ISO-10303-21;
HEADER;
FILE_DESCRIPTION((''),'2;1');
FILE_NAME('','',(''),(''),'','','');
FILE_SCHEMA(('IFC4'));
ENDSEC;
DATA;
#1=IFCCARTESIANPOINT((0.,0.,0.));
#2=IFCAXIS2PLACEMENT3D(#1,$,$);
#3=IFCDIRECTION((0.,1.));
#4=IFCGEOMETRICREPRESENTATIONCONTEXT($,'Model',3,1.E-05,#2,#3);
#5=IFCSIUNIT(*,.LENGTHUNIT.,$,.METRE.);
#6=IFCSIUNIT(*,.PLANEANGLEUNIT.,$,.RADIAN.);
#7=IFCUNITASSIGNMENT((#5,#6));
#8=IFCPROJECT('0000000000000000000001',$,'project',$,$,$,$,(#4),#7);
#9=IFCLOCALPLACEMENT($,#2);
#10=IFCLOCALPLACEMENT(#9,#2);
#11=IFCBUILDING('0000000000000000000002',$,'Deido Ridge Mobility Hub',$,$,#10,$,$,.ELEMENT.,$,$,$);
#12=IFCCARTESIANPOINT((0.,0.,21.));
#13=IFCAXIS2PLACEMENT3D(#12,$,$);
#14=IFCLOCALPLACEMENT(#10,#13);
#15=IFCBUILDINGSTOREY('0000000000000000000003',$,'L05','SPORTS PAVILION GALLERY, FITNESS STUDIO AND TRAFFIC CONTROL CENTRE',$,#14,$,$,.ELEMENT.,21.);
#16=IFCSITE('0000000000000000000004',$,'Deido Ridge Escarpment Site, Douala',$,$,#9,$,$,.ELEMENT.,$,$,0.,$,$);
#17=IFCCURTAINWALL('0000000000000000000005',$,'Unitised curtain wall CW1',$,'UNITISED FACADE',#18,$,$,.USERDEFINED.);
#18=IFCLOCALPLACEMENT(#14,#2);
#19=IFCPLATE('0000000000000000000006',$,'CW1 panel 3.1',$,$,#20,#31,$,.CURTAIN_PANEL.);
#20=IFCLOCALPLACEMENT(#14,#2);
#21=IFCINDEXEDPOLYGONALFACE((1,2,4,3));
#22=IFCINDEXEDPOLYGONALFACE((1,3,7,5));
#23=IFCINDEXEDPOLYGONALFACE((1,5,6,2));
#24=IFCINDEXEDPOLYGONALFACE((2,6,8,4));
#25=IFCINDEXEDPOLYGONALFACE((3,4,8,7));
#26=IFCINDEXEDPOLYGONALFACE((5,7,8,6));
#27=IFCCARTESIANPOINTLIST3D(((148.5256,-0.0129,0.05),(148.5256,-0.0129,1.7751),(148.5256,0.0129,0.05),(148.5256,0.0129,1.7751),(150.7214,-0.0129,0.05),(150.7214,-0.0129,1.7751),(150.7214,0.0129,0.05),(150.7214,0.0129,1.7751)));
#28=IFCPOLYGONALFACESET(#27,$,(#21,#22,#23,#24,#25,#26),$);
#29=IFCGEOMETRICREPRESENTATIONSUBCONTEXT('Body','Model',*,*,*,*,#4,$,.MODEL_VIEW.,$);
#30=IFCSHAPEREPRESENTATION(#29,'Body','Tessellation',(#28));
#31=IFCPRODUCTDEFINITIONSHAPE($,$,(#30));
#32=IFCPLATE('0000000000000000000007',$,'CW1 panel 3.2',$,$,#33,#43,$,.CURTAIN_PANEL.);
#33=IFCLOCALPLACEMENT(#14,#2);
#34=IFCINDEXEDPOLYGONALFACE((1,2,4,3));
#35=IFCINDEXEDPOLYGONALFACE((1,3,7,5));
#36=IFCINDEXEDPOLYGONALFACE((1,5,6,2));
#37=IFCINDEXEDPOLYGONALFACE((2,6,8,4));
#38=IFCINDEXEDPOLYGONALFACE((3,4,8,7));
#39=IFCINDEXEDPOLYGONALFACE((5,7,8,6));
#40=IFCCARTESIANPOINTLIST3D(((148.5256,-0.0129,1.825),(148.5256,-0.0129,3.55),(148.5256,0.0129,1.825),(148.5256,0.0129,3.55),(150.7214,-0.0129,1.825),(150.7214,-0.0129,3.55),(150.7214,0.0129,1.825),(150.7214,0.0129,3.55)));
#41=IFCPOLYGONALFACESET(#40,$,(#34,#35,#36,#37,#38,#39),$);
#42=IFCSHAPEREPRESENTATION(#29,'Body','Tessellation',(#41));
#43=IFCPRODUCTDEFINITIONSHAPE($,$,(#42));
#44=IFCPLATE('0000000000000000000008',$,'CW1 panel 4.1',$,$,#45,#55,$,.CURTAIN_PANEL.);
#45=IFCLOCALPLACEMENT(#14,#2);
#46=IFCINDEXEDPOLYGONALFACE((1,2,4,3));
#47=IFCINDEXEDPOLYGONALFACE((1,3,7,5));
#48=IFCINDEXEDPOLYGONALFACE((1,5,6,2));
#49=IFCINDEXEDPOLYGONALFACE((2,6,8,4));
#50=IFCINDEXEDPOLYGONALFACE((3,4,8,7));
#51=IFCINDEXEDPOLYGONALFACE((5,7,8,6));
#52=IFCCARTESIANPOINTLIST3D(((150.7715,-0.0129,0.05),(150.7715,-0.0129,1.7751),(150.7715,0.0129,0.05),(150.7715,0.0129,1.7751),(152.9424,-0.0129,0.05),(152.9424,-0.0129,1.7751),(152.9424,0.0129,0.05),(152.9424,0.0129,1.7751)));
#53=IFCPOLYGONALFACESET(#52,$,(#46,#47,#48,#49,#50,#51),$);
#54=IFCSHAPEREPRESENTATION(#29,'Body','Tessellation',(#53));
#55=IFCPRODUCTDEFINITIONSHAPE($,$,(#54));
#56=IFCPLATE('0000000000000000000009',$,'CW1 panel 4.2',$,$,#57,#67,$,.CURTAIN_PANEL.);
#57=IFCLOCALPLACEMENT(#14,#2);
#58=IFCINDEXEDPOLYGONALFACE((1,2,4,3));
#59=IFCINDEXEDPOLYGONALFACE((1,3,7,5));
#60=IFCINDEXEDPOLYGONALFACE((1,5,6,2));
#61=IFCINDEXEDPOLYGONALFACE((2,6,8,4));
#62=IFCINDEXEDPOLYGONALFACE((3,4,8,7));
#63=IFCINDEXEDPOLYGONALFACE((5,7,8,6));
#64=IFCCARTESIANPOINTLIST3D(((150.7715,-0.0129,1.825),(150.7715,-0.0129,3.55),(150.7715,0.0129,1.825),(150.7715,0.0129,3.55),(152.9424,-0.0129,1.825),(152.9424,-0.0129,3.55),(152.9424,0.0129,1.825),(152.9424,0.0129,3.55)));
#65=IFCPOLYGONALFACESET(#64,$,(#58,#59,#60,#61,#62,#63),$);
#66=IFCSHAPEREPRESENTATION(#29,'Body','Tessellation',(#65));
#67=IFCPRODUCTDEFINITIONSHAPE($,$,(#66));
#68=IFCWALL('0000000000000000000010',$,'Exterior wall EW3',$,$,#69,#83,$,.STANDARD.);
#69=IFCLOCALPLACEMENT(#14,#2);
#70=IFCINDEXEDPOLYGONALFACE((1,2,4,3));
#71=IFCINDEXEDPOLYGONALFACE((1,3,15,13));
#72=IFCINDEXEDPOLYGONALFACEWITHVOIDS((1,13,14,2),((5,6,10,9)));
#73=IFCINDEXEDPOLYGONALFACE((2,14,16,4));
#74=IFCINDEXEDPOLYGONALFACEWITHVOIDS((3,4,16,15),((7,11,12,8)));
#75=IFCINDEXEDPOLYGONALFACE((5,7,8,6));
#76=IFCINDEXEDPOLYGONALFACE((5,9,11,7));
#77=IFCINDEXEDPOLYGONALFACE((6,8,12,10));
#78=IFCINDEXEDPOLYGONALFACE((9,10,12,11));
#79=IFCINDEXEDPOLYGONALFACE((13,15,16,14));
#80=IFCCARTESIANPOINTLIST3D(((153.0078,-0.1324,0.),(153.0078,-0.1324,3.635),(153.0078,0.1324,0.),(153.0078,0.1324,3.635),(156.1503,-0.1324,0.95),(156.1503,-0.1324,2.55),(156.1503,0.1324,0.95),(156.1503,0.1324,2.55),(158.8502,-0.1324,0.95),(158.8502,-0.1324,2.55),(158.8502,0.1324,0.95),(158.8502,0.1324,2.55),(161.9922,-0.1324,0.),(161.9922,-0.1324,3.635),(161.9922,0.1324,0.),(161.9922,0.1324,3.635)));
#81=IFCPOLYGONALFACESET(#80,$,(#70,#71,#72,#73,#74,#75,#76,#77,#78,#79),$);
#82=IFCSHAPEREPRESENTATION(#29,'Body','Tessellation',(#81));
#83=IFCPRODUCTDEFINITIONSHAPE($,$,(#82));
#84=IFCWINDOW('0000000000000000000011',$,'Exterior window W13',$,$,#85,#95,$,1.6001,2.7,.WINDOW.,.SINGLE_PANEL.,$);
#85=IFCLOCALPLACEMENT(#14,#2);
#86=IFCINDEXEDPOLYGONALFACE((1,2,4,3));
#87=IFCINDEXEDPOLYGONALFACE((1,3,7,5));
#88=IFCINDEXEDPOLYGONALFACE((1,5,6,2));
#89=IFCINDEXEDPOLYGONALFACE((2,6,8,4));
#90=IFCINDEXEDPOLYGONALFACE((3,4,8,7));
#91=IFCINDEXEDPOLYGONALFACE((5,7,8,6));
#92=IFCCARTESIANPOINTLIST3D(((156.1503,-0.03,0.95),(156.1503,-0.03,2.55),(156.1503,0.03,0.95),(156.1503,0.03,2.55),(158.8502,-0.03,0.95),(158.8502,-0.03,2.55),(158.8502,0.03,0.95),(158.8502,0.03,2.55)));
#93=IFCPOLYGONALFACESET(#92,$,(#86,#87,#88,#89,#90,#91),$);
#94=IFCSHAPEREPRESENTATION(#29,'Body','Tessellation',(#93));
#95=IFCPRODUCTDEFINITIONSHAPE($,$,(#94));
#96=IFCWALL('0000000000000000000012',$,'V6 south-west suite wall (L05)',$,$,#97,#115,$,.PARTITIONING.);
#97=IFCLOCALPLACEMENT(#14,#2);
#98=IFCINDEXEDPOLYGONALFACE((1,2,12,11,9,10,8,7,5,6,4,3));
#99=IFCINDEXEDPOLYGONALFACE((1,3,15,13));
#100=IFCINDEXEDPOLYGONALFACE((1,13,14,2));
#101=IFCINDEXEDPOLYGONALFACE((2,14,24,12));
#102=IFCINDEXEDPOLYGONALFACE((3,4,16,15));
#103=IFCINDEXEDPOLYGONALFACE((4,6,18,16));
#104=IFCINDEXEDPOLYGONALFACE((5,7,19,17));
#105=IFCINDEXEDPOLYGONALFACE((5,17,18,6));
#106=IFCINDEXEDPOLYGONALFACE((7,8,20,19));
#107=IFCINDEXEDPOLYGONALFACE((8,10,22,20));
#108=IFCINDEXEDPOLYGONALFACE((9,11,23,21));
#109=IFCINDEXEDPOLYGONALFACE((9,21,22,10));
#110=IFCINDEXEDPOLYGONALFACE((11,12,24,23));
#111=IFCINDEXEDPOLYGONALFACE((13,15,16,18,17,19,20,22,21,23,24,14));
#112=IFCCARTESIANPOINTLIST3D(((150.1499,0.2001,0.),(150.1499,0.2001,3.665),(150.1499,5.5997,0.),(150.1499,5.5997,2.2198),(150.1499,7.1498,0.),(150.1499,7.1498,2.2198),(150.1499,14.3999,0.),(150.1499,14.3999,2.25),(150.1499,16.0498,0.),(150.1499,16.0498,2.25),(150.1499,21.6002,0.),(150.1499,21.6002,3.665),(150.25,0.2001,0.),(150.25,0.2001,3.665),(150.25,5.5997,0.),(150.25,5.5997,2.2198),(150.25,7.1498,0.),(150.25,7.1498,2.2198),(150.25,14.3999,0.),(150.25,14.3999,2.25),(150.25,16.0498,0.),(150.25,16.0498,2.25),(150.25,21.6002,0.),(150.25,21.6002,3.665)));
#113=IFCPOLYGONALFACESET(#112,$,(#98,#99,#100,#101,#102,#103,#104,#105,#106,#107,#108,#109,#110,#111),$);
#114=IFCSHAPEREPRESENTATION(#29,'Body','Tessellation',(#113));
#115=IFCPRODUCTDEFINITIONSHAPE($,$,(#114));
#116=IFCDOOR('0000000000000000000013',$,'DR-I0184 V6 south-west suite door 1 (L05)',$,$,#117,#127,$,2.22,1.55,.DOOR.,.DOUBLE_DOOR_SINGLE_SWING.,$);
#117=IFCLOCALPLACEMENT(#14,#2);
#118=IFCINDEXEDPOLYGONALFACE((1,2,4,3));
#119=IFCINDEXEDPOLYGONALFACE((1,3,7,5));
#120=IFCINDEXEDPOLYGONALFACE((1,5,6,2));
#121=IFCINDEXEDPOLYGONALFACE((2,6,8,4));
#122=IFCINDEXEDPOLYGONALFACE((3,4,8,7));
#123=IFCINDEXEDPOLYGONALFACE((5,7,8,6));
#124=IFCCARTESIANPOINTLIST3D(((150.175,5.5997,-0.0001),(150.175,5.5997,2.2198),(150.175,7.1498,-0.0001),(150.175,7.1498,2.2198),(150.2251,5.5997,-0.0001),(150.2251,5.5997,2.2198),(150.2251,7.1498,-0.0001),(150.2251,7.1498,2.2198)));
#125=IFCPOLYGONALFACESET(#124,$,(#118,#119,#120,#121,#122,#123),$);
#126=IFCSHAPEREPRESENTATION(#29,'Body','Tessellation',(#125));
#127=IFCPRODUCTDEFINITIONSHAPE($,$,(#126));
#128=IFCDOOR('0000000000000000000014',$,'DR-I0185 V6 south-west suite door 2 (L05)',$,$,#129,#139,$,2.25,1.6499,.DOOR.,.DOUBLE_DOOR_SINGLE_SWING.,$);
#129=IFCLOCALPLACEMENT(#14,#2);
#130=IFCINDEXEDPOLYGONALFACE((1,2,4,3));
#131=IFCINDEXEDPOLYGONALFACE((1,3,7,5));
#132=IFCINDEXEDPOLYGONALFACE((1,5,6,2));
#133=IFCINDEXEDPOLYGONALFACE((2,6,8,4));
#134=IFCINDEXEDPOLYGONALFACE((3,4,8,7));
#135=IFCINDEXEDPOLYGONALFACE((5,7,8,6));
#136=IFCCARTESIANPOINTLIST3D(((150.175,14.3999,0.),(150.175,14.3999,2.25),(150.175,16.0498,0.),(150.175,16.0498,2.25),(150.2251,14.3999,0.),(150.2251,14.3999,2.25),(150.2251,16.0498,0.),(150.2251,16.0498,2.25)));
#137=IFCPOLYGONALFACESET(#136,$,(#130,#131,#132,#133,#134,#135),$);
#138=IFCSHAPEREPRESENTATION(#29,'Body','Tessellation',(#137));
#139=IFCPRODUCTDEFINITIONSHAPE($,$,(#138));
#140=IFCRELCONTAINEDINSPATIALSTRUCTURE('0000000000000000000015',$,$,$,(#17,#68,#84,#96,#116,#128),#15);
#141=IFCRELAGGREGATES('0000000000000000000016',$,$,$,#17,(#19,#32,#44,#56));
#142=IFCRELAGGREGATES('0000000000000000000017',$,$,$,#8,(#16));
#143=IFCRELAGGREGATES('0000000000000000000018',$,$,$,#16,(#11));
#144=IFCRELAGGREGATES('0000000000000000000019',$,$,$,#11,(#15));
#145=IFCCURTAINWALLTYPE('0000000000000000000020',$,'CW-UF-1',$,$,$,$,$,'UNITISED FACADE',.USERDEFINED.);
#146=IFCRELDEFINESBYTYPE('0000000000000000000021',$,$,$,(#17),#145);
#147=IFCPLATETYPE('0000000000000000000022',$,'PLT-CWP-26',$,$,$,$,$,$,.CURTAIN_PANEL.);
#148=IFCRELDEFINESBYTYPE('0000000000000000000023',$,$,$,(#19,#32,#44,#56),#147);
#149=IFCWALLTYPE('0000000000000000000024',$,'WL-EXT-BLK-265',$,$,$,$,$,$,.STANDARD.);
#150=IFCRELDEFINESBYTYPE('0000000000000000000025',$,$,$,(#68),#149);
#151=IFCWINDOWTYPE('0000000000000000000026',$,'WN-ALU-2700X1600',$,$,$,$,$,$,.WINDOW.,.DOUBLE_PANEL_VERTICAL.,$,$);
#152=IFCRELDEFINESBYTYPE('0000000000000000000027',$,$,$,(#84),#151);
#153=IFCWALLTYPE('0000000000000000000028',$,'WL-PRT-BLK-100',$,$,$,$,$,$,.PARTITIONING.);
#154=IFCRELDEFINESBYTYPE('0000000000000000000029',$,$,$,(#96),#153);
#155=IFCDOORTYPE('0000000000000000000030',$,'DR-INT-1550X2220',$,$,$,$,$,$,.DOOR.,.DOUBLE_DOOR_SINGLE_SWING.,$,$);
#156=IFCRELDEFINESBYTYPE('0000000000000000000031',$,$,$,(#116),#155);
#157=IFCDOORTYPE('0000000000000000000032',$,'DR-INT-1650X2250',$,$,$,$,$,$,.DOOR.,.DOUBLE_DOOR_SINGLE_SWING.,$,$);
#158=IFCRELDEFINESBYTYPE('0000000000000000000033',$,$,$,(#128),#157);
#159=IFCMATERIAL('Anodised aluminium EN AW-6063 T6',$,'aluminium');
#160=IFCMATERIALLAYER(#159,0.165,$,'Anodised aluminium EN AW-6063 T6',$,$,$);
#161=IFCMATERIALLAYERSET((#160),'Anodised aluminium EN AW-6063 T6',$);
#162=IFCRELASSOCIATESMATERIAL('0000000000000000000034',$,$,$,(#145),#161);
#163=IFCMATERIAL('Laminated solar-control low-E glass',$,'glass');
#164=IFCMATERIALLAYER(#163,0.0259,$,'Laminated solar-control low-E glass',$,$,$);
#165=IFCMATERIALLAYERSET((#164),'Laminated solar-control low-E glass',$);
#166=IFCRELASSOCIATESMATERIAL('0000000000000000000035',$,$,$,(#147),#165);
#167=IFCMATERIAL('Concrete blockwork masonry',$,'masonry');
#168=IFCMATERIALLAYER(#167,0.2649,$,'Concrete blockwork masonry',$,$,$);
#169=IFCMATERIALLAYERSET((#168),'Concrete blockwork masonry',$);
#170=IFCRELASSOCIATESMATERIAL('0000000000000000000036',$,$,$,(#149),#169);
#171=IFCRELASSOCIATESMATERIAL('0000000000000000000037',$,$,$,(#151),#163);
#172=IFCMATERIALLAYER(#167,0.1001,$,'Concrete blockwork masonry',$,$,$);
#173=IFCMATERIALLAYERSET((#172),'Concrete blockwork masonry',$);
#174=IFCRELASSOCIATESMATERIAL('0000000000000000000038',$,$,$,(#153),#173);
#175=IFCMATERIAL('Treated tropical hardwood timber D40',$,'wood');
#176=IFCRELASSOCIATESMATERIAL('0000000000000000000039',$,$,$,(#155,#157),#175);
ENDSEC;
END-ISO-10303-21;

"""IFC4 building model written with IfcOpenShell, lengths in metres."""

from ifc_helpers import new_model, si_unit, direction, frame, frame_2d, origin, origin_2d, place, context, subcontext, project, spatial, rectangle, extrude, material, layer, layer_set, type_object, element, fill, aggregate, save


model = new_model("IFC4")

# Units and contexts
model_context = context("Model", 3, precision=1e-05, world=origin(), true_north=direction((0.0, 1.0)))
body_context = subcontext(model_context, "Body", "Model", "MODEL_VIEW")
ifc_project = project(units=[si_unit("LENGTHUNIT", "METRE"), si_unit("PLANEANGLEUNIT", "RADIAN")], contexts=[model_context])

# Site, building, storey
site_placement = place(None, origin())
site = spatial("IfcSite", under=ifc_project, at=site_placement, Name="Deido Ridge Escarpment Site, Douala", CompositionType="ELEMENT", RefElevation=0.0)
building_placement = place(site_placement, origin())
building = spatial("IfcBuilding", under=site, at=building_placement, Name="Deido Ridge Mobility Hub", CompositionType="ELEMENT")
storey_placement = place(building_placement, frame((0.0, 0.0, 21.0)))
storey = spatial("IfcBuildingStorey", under=building, at=storey_placement, Name="L05", Description="SPORTS PAVILION GALLERY, FITNESS STUDIO AND TRAFFIC CONTROL CENTRE", CompositionType="ELEMENT", Elevation=21.0)

# Curtain wall
ifc_material_1 = material(Name="Anodised aluminium EN AW-6063 T6", Category="aluminium")
ifc_layer_1 = layer(ifc_material_1, 0.165, Name="Anodised aluminium EN AW-6063 T6")
ifc_layer_set_1 = layer_set([ifc_layer_1], Name="Anodised aluminium EN AW-6063 T6")
curtain_wall_type = type_object("IfcCurtainWallType", Name="CW-UF-1", ElementType="UNITISED FACADE", PredefinedType="USERDEFINED", material=ifc_layer_set_1)
curtain_wall_placement = place(storey_placement, origin())
curtain_wall = element("IfcCurtainWall", 1, at=curtain_wall_placement, inside=storey, type_object=curtain_wall_type, Name="Unitised curtain wall CW1", ObjectType="UNITISED FACADE", PredefinedType="USERDEFINED")

# Plates
ifc_material_2 = material(Name="Laminated solar-control low-E glass", Category="glass")
ifc_layer_2 = layer(ifc_material_2, 0.0259, Name="Laminated solar-control low-E glass")
ifc_layer_set_2 = layer_set([ifc_layer_2], Name="Laminated solar-control low-E glass")
plate_type = type_object("IfcPlateType", Name="PLT-CWP-26", PredefinedType="CURTAIN_PANEL", material=ifc_layer_set_2)
plate_1_placement = place(storey_placement, frame((149.6235, 0.0, 0.05), z_axis=(0.0, 0.0, 1.0), x_axis=(1.0, 0.0, 0.0)))
plate_1 = element("IfcPlate", 2, at=plate_1_placement, type_object=plate_type, Name="CW1 panel 3.1", PredefinedType="CURTAIN_PANEL", context=body_context, shape_type="SweptSolid", body=[
    extrude(rectangle(XDim=2.1958, YDim=0.0259, at=origin_2d()), origin(), (0.0, 0.0, 1.0), 1.7251),
])
plate_2_placement = place(storey_placement, frame((149.6235, 0.0, 1.825), z_axis=(0.0, 0.0, 1.0), x_axis=(1.0, 0.0, 0.0)))
plate_2 = element("IfcPlate", 3, at=plate_2_placement, type_object=plate_type, Name="CW1 panel 3.2", PredefinedType="CURTAIN_PANEL", context=body_context, shape_type="SweptSolid", body=[
    extrude(rectangle(XDim=2.1958, YDim=0.0259, at=origin_2d()), origin(), (0.0, 0.0, 1.0), 1.7251),
])
plate_3_placement = place(storey_placement, frame((151.8569, 0.0, 0.05), z_axis=(0.0, 0.0, 1.0), x_axis=(1.0, 0.0, 0.0)))
plate_3 = element("IfcPlate", 4, at=plate_3_placement, type_object=plate_type, Name="CW1 panel 4.1", PredefinedType="CURTAIN_PANEL", context=body_context, shape_type="SweptSolid", body=[
    extrude(rectangle(XDim=2.1709, YDim=0.0259, at=origin_2d()), origin(), (0.0, 0.0, 1.0), 1.7251),
])
plate_4_placement = place(storey_placement, frame((151.8569, 0.0, 1.825), z_axis=(0.0, 0.0, 1.0), x_axis=(1.0, 0.0, 0.0)))
plate_4 = element("IfcPlate", 5, at=plate_4_placement, type_object=plate_type, Name="CW1 panel 4.2", PredefinedType="CURTAIN_PANEL", context=body_context, shape_type="SweptSolid", body=[
    extrude(rectangle(XDim=2.1709, YDim=0.0259, at=origin_2d()), origin(), (0.0, 0.0, 1.0), 1.7251),
])
aggregate(curtain_wall, [plate_1, plate_2, plate_3, plate_4])

# Wall, opening, window
ifc_material_3 = material(Name="Concrete blockwork masonry", Category="masonry")
ifc_layer_3 = layer(ifc_material_3, 0.2649, Name="Concrete blockwork masonry")
ifc_layer_set_3 = layer_set([ifc_layer_3], Name="Concrete blockwork masonry")
wall_type_1 = type_object("IfcWallType", Name="WL-EXT-BLK-265", PredefinedType="STANDARD", material=ifc_layer_set_3)
wall_1_placement = place(storey_placement, frame((153.0078, 0.0, 0.0), z_axis=(0.0, 0.0, 1.0), x_axis=(1.0, 0.0, 0.0)))
wall_1 = element("IfcWall", 6, at=wall_1_placement, inside=storey, type_object=wall_type_1, Name="Exterior wall EW3", PredefinedType="STANDARD", context=body_context, shape_type="SweptSolid", body=[
    extrude(rectangle(XDim=8.9844, YDim=0.2649, at=frame_2d((4.4922, 0.0))), origin(), (0.0, 0.0, 1.0), 3.635),
])
opening_1_placement = place(wall_1_placement, frame((3.1423, 0.0, 0.95)))
opening_1 = element("IfcOpeningElement", 7, at=opening_1_placement, cuts=wall_1, PredefinedType="OPENING", context=body_context, shape_type="SweptSolid", body=[
    extrude(rectangle(XDim=2.7, YDim=1.6001, at=frame_2d((1.3501, 0.8))), frame((0.0, 0.1426, 0.0), z_axis=(0.0, -1.0, 0.0), x_axis=(1.0, 0.0, 0.0)), (0.0, 0.0, 1.0), 0.2849),
])
window_type = type_object("IfcWindowType", Name="WN-ALU-2700X1600", PartitioningType="DOUBLE_PANEL_VERTICAL", PredefinedType="WINDOW", material=ifc_material_2)
window_placement = place(opening_1_placement, origin())
window = element("IfcWindow", 8, at=window_placement, inside=storey, type_object=window_type, Name="Exterior window W13", OverallHeight=1.6001, OverallWidth=2.7, PartitioningType="SINGLE_PANEL", PredefinedType="WINDOW", context=body_context, shape_type="SweptSolid", body=[
    extrude(rectangle(XDim=2.7, YDim=1.6001, at=frame_2d((1.3501, 0.8))), frame((0.0, 0.03, 0.0), z_axis=(0.0, -1.0, 0.0), x_axis=(1.0, 0.0, 0.0)), (0.0, 0.0, 1.0), 0.0601),
])
fill(opening_1, window)

# Wall, openings, doors
ifc_layer_4 = layer(ifc_material_3, 0.1001, Name="Concrete blockwork masonry")
ifc_layer_set_4 = layer_set([ifc_layer_4], Name="Concrete blockwork masonry")
wall_type_2 = type_object("IfcWallType", Name="WL-PRT-BLK-100", PredefinedType="PARTITIONING", material=ifc_layer_set_4)
wall_2_placement = place(storey_placement, frame((150.2, 0.2, 0.0), z_axis=(0.0, 0.0, 1.0), x_axis=(0.0, 1.0, 0.0)))
wall_2 = element("IfcWall", 9, at=wall_2_placement, inside=storey, type_object=wall_type_2, Name="V6 south-west suite wall (L05)", PredefinedType="PARTITIONING", context=body_context, shape_type="SweptSolid", body=[
    extrude(rectangle(XDim=21.4001, YDim=0.1001, at=frame_2d((10.7002, 0.0))), origin(), (0.0, 0.0, 1.0), 3.665),
])
opening_2_placement = place(wall_2_placement, frame((5.3999, 0.0, 0.0)))
opening_2 = element("IfcOpeningElement", 10, at=opening_2_placement, cuts=wall_2, PredefinedType="OPENING", context=body_context, shape_type="SweptSolid", body=[
    extrude(rectangle(XDim=1.55, YDim=2.22, at=frame_2d((0.7749, 1.1099))), frame((0.0, 0.0601, 0.0), z_axis=(0.0, -1.0, 0.0), x_axis=(1.0, 0.0, 0.0)), (0.0, 0.0, 1.0), 0.1201),
])
opening_3_placement = place(wall_2_placement, frame((14.2, 0.0, 0.0)))
opening_3 = element("IfcOpeningElement", 11, at=opening_3_placement, cuts=wall_2, PredefinedType="OPENING", context=body_context, shape_type="SweptSolid", body=[
    extrude(rectangle(XDim=1.6499, YDim=2.25, at=frame_2d((0.825, 1.125))), frame((0.0, 0.0601, 0.0), z_axis=(0.0, -1.0, 0.0), x_axis=(1.0, 0.0, 0.0)), (0.0, 0.0, 1.0), 0.1201),
])
ifc_material_4 = material(Name="Treated tropical hardwood timber D40", Category="wood")
door_type_1 = type_object("IfcDoorType", Name="DR-INT-1550X2220", OperationType="DOUBLE_DOOR_SINGLE_SWING", PredefinedType="DOOR", material=ifc_material_4)
door_1_placement = place(opening_2_placement, origin())
door_1 = element("IfcDoor", 12, at=door_1_placement, inside=storey, type_object=door_type_1, Name="DR-I0184 V6 south-west suite door 1 (L05)", OperationType="DOUBLE_DOOR_SINGLE_SWING", OverallHeight=2.22, OverallWidth=1.55, PredefinedType="DOOR", context=body_context, shape_type="SweptSolid", body=[
    extrude(rectangle(XDim=1.55, YDim=2.22, at=frame_2d((0.7749, 1.1099))), frame((0.0, 0.0249, 0.0), z_axis=(0.0, -1.0, 0.0), x_axis=(1.0, 0.0, 0.0)), (0.0, 0.0, 1.0), 0.05),
])
fill(opening_2, door_1)
door_type_2 = type_object("IfcDoorType", Name="DR-INT-1650X2250", OperationType="DOUBLE_DOOR_SINGLE_SWING", PredefinedType="DOOR", material=ifc_material_4)
door_2_placement = place(opening_3_placement, origin())
door_2 = element("IfcDoor", 13, at=door_2_placement, inside=storey, type_object=door_type_2, Name="DR-I0185 V6 south-west suite door 2 (L05)", OperationType="DOUBLE_DOOR_SINGLE_SWING", OverallHeight=2.25, OverallWidth=1.6499, PredefinedType="DOOR", context=body_context, shape_type="SweptSolid", body=[
    extrude(rectangle(XDim=1.6499, YDim=2.25, at=frame_2d((0.825, 1.125))), frame((0.0, 0.0249, 0.0), z_axis=(0.0, -1.0, 0.0), x_axis=(1.0, 0.0, 0.0)), (0.0, 0.0, 1.0), 0.05),
])
fill(opening_3, door_2)

save(model, "model.ifc")
